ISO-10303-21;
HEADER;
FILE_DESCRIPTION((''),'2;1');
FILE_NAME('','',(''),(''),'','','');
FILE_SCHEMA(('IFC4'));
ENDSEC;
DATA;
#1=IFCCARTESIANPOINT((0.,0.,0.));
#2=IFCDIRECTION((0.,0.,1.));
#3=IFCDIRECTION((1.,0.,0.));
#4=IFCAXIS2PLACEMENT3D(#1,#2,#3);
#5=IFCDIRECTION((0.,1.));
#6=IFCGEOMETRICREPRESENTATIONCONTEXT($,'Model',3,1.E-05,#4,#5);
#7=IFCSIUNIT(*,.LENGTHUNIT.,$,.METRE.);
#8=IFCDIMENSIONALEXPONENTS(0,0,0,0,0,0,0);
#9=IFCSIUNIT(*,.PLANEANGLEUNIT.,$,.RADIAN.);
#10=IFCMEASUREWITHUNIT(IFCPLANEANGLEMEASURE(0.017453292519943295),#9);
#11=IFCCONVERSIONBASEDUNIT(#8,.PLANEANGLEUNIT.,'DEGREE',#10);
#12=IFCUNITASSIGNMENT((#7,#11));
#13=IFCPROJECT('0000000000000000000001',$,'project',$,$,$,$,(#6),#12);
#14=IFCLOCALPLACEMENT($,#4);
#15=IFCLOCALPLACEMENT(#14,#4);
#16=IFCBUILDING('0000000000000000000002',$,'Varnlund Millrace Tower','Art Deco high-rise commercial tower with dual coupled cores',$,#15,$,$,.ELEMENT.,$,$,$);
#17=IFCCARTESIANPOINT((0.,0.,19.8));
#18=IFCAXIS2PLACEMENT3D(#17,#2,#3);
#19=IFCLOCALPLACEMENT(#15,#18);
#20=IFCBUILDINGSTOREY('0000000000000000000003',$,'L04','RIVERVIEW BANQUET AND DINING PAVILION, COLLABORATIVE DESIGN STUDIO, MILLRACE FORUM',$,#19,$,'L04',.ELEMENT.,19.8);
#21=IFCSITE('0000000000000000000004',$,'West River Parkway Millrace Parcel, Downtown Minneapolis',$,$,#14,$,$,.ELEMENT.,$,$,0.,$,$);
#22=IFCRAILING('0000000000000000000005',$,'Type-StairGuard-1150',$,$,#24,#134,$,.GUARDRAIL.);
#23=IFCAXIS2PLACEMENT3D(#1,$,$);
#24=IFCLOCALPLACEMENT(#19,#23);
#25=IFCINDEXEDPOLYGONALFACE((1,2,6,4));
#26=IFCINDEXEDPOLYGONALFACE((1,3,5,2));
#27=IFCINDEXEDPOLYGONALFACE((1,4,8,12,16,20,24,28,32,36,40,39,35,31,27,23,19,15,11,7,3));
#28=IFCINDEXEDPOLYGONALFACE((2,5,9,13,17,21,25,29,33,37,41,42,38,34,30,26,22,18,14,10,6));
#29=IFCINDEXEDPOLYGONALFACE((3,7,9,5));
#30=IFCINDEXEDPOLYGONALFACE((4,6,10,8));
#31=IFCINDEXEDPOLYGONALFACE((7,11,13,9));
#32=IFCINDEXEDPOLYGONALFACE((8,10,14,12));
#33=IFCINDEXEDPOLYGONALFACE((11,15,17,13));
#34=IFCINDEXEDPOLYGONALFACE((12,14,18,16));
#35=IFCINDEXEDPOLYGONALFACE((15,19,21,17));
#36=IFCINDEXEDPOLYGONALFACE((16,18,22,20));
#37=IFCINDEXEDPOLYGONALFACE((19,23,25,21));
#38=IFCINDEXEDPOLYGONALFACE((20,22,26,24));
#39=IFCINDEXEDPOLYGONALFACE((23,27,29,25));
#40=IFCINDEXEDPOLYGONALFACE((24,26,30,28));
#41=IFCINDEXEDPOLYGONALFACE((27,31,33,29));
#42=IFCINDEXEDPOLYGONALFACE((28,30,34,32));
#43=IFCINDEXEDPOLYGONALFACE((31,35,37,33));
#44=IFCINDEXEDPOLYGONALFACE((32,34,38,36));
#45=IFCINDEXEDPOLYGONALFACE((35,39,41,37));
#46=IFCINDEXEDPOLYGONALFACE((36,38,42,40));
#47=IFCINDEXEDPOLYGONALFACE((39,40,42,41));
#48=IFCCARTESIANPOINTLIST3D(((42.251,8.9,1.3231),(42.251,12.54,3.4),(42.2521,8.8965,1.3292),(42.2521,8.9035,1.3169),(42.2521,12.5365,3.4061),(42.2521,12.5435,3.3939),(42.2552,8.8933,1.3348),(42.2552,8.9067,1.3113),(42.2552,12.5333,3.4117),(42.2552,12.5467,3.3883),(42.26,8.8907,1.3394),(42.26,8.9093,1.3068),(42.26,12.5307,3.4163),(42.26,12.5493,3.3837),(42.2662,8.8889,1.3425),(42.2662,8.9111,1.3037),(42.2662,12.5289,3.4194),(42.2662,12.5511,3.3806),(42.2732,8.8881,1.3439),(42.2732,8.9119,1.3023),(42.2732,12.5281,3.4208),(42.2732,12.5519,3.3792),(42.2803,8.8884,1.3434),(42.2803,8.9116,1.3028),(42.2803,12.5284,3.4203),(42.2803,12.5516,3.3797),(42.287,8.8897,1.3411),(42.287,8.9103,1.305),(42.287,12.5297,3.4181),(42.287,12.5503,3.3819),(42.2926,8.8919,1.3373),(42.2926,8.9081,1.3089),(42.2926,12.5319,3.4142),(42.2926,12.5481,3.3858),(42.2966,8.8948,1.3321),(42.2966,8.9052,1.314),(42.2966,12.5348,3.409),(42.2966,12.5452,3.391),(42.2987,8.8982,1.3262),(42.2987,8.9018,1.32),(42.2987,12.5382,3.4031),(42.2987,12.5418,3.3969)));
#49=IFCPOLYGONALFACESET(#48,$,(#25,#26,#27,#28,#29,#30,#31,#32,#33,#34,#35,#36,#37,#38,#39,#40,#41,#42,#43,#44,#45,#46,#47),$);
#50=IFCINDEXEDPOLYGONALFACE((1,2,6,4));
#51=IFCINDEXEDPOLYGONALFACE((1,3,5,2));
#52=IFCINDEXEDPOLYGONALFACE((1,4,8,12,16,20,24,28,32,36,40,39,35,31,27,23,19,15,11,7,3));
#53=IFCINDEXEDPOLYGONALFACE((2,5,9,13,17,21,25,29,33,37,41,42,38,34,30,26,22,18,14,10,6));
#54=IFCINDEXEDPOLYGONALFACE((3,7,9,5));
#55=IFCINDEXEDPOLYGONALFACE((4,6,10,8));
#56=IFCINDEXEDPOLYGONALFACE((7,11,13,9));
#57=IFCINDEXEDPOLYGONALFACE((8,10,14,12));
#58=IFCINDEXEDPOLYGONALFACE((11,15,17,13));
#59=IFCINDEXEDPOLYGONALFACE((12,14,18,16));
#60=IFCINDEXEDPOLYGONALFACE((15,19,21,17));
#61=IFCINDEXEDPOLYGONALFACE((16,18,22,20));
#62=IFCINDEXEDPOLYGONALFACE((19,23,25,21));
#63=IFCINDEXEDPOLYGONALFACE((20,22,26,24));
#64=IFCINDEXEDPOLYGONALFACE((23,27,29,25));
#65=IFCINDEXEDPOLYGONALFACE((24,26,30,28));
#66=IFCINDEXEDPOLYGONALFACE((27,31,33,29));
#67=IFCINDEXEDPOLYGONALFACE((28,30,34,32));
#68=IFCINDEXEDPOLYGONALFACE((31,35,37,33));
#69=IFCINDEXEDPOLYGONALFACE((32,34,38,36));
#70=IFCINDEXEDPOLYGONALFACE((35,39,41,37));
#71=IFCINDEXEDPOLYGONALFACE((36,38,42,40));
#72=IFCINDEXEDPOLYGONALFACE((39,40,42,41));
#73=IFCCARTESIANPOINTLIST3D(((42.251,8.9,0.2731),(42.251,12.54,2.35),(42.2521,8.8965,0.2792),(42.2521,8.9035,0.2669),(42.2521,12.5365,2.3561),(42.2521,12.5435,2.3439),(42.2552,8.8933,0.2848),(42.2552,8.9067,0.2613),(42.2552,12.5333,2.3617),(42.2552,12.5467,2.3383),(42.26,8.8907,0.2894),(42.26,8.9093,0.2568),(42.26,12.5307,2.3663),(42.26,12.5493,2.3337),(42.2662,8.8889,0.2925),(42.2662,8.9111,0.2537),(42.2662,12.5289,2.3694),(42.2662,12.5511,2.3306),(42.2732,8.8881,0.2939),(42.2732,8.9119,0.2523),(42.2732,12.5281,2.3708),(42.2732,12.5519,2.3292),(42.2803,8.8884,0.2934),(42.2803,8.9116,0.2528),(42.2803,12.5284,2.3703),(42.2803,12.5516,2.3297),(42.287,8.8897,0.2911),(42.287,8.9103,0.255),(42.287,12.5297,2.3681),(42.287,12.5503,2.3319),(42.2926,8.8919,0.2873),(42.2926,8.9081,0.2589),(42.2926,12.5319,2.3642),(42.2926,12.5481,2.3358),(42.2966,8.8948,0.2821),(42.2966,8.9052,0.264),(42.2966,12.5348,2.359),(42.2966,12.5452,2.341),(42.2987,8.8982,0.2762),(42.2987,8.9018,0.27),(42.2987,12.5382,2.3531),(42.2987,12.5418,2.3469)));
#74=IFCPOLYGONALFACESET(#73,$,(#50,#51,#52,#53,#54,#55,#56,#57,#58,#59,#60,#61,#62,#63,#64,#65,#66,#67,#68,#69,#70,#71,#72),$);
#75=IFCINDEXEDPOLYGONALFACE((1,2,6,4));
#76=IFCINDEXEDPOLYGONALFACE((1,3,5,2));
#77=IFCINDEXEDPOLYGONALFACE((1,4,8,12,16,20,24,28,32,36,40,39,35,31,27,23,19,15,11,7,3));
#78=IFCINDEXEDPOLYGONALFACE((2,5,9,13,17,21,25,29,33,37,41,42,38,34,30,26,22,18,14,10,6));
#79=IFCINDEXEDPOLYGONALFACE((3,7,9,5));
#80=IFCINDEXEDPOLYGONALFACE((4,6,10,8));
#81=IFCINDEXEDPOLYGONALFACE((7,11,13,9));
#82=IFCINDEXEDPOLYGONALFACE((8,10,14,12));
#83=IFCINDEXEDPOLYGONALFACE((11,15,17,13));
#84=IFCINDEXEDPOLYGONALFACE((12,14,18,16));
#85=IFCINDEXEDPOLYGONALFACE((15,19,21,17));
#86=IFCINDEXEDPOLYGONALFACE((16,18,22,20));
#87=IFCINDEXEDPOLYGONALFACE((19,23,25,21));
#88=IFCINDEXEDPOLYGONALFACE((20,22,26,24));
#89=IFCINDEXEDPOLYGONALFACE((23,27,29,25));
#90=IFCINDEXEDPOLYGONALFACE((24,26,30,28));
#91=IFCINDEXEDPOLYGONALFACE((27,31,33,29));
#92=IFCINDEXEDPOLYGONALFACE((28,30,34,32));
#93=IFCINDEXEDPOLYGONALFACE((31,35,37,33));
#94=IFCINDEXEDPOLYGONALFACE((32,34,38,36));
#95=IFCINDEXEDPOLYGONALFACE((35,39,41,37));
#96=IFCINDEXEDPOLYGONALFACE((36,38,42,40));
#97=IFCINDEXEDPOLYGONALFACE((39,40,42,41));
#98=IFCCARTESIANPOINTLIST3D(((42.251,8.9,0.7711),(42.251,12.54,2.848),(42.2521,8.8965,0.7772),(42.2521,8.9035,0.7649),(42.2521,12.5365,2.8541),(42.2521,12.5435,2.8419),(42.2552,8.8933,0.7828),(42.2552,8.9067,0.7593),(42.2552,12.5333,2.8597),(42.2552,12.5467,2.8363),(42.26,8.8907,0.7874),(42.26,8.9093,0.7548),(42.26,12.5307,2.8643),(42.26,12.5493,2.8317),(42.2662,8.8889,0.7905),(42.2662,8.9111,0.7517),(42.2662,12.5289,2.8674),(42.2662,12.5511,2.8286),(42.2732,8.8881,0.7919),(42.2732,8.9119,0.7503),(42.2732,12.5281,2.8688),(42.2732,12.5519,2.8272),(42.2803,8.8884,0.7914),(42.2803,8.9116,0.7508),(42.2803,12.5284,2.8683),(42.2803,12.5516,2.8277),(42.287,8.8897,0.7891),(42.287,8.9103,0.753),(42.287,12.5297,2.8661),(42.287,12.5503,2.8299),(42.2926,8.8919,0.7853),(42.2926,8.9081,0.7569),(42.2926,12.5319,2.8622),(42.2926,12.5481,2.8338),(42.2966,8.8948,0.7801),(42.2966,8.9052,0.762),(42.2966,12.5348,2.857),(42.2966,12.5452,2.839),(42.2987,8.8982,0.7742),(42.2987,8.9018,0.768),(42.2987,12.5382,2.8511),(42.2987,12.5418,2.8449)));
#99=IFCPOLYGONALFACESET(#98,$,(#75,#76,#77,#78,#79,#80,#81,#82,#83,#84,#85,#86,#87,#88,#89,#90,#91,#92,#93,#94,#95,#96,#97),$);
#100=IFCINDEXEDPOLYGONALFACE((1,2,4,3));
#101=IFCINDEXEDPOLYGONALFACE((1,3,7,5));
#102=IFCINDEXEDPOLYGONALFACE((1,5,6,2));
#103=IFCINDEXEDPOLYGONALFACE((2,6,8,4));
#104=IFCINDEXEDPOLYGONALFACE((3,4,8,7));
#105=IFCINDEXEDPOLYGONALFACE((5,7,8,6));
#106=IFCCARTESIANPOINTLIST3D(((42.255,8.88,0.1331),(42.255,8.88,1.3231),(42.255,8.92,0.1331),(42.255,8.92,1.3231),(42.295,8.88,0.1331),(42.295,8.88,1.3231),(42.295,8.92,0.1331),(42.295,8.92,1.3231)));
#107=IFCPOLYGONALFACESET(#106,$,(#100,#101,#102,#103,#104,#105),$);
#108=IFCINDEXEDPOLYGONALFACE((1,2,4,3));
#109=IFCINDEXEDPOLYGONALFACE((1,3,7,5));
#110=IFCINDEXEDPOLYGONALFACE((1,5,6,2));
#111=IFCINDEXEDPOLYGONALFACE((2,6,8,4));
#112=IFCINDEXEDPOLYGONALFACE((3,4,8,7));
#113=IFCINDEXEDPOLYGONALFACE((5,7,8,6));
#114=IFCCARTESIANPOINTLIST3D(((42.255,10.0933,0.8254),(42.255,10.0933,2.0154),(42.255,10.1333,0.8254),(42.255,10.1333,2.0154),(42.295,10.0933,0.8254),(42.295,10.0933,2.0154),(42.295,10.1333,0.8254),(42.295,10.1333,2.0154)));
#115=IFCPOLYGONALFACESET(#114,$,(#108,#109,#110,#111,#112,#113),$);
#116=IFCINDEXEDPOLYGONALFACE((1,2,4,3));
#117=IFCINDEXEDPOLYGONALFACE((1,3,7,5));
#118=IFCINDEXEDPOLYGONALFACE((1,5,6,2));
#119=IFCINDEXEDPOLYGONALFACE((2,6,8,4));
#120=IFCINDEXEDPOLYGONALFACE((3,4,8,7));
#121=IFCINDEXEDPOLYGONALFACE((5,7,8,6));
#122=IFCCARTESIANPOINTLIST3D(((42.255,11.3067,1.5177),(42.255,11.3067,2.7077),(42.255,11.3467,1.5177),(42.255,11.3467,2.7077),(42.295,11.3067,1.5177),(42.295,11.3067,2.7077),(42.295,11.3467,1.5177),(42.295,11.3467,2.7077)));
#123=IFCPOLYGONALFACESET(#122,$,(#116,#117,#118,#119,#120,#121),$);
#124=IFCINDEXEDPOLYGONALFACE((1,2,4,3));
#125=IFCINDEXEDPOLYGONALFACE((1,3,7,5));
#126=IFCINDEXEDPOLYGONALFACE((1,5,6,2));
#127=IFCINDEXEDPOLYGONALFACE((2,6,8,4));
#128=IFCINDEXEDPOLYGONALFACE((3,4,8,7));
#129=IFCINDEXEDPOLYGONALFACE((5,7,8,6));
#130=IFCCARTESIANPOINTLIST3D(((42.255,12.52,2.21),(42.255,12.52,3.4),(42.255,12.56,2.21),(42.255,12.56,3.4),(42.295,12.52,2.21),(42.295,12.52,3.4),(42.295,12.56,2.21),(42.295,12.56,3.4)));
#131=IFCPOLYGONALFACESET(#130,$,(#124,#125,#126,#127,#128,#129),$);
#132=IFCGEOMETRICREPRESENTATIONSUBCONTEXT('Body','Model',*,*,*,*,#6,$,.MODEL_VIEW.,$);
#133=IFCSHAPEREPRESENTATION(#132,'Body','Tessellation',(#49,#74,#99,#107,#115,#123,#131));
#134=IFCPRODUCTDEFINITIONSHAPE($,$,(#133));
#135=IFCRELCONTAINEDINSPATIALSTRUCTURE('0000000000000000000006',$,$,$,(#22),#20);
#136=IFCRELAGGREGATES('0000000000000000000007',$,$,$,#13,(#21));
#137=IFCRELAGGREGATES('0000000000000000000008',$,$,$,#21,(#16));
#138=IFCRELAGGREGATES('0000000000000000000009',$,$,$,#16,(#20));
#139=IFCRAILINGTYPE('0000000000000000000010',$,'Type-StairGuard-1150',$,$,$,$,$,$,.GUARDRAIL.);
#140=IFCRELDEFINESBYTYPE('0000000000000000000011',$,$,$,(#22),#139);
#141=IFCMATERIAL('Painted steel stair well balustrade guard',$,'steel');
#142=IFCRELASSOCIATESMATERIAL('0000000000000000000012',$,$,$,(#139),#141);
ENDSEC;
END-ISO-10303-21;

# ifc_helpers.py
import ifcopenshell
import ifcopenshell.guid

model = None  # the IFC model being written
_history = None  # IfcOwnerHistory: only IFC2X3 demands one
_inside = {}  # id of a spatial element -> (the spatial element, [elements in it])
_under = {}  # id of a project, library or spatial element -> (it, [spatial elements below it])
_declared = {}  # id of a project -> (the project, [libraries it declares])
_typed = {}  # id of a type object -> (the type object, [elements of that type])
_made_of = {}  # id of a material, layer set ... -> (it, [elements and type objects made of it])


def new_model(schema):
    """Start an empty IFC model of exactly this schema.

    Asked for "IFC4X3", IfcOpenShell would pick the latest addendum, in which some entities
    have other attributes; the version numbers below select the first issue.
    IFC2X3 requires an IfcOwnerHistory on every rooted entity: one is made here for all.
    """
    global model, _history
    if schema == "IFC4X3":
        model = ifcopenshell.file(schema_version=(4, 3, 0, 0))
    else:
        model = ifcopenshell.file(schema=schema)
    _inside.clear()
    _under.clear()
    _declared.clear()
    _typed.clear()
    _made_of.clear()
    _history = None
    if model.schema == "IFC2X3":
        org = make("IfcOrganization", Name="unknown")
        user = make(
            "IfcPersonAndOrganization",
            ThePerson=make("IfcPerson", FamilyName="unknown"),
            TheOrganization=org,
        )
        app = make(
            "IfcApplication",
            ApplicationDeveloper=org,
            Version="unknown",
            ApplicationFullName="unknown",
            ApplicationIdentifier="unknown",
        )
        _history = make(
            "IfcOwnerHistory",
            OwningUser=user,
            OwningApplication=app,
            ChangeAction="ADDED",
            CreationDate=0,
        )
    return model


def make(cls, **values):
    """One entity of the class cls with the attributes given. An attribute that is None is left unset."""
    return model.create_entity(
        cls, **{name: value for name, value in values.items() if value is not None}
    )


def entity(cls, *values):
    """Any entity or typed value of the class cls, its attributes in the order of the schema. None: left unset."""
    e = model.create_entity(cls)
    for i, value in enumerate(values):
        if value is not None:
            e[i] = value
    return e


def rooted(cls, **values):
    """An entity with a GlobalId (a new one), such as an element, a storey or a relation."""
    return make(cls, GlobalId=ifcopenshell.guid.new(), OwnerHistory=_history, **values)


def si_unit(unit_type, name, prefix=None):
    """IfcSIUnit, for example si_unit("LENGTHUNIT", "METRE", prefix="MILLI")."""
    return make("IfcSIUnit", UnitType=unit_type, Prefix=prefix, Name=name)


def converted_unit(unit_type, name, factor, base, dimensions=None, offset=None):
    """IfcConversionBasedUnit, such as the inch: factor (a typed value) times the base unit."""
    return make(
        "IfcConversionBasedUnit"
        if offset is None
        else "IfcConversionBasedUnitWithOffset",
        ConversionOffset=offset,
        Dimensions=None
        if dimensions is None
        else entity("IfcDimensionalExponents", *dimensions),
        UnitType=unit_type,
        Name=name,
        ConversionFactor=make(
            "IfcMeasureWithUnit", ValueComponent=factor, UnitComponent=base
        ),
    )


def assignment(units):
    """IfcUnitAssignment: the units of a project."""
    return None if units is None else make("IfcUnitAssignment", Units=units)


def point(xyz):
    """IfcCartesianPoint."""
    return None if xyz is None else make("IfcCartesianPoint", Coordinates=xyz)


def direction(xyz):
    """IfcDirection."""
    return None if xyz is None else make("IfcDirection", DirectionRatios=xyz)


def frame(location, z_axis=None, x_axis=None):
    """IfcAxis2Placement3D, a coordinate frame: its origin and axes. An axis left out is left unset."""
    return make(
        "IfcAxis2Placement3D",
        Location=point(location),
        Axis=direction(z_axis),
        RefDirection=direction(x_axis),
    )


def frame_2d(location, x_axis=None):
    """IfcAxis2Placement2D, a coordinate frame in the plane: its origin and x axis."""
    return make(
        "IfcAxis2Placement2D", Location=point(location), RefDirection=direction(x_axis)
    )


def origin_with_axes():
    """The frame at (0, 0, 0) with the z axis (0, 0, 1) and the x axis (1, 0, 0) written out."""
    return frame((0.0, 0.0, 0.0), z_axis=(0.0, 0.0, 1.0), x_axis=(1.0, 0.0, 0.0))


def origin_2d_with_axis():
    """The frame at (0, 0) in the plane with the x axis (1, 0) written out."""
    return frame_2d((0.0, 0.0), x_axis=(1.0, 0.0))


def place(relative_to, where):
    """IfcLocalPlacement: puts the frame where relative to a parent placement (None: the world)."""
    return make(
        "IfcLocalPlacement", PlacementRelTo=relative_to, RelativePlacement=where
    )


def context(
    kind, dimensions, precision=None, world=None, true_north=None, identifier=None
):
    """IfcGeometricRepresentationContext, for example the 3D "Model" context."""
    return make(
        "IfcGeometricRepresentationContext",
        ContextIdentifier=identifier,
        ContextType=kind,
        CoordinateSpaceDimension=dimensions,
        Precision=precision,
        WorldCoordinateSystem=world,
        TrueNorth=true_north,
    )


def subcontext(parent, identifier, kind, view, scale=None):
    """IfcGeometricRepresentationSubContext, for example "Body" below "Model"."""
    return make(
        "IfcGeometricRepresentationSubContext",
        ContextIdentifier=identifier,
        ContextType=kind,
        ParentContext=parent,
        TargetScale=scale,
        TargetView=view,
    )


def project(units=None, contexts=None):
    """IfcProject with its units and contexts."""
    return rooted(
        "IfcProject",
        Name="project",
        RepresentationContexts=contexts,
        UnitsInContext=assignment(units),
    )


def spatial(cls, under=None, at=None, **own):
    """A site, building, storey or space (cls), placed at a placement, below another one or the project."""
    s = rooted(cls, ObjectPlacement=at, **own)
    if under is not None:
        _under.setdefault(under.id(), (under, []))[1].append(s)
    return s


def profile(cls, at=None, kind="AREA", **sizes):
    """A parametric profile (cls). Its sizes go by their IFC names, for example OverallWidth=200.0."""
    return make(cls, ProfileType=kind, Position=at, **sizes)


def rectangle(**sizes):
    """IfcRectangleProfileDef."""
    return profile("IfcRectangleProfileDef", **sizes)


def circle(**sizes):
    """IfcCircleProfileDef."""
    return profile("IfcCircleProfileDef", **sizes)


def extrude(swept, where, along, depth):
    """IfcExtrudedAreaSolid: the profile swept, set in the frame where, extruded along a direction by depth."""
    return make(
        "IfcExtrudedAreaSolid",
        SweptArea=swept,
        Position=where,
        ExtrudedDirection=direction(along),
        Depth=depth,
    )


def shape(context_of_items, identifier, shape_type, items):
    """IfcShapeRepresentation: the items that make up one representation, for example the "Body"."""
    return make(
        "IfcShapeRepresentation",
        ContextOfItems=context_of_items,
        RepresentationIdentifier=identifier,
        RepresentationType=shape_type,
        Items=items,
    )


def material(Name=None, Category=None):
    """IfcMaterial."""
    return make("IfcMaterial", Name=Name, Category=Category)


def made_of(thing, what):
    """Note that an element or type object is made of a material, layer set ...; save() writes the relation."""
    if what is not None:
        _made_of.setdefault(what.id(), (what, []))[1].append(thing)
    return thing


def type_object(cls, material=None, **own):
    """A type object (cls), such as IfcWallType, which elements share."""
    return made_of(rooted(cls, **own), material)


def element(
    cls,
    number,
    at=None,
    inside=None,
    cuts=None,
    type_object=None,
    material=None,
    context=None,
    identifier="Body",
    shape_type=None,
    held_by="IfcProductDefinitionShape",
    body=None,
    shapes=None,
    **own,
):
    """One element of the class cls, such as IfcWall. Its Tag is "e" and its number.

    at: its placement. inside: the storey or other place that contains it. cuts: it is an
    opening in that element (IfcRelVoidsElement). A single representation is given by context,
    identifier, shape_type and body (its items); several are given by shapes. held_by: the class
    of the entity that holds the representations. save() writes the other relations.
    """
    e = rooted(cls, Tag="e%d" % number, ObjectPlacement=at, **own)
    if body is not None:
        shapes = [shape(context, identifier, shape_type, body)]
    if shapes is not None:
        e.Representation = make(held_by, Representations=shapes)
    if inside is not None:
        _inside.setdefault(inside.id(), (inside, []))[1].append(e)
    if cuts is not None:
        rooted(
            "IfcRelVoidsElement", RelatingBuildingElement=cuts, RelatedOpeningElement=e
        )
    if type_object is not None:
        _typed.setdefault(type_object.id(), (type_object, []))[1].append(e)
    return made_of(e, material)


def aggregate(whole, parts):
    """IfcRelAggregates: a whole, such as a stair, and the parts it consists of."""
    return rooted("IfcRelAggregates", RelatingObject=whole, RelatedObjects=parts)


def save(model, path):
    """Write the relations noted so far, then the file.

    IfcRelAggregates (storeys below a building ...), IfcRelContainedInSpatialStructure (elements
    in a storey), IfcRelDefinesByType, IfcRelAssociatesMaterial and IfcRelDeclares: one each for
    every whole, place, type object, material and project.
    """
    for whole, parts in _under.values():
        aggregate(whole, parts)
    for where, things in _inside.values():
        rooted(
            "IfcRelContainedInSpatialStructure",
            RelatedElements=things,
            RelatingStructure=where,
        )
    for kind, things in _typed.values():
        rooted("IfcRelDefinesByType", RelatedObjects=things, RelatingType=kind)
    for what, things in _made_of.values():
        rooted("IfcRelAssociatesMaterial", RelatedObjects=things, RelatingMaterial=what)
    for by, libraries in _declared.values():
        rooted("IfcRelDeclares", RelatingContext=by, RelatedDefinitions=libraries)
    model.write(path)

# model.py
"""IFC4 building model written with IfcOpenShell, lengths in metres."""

from ifc_helpers import new_model, entity, si_unit, converted_unit, direction, frame, origin_with_axes, origin_2d_with_axis, place, context, subcontext, project, spatial, rectangle, circle, extrude, material, type_object, element, save


model = new_model("IFC4")

# Units and contexts
model_context = context("Model", 3, precision=1e-05, world=origin_with_axes(), true_north=direction((0.0, 1.0)))
body_context = subcontext(model_context, "Body", "Model", "MODEL_VIEW")
ifc_project = project(units=[si_unit("LENGTHUNIT", "METRE"), converted_unit("PLANEANGLEUNIT", "DEGREE", entity("IfcPlaneAngleMeasure", 0.017453292519943295), si_unit("PLANEANGLEUNIT", "RADIAN"), dimensions=[0, 0, 0, 0, 0, 0, 0])], contexts=[model_context])

# Site, building, storey
site_placement = place(None, origin_with_axes())
site = spatial("IfcSite", under=ifc_project, at=site_placement, Name="West River Parkway Millrace Parcel, Downtown Minneapolis", CompositionType="ELEMENT", RefElevation=0.0)
building_placement = place(site_placement, origin_with_axes())
building = spatial("IfcBuilding", under=site, at=building_placement, Name="Varnlund Millrace Tower", Description="Art Deco high-rise commercial tower with dual coupled cores", CompositionType="ELEMENT")
storey_placement = place(building_placement, frame((0.0, 0.0, 19.8), z_axis=(0.0, 0.0, 1.0), x_axis=(1.0, 0.0, 0.0)))
storey = spatial("IfcBuildingStorey", under=building, at=storey_placement, Name="L04", Description="RIVERVIEW BANQUET AND DINING PAVILION, COLLABORATIVE DESIGN STUDIO, MILLRACE FORUM", LongName="L04", CompositionType="ELEMENT", Elevation=19.8)

# Railing
ifc_material_1 = material(Name="Painted steel stair well balustrade guard", Category="steel")
railing_type_1 = type_object("IfcRailingType", Name="Type-StairGuard-1150", PredefinedType="GUARDRAIL", material=ifc_material_1)
railing_1_placement = place(storey_placement, frame((0.0, 0.0, -19.8), z_axis=(0.0, 0.0, 1.0), x_axis=(1.0, 0.0, 0.0)))
element("IfcRailing", 1, at=railing_1_placement, inside=storey, type_object=railing_type_1, Name="Type-StairGuard-1150", PredefinedType="GUARDRAIL", context=body_context, shape_type="SweptSolid", body=[
    extrude(circle(Radius=0.024, at=origin_2d_with_axis()), frame((42.275, 8.9, 21.1231), z_axis=(0.0, 0.868559, 0.495585), x_axis=(-1.0, 0.0, 0.0)), (0.0, 0.0, 1.0), 4.1908),
    extrude(circle(Radius=0.024, at=origin_2d_with_axis()), frame((42.275, 8.9, 20.0731), z_axis=(0.0, 0.868559, 0.495585), x_axis=(-1.0, 0.0, 0.0)), (0.0, 0.0, 1.0), 4.1908),
    extrude(circle(Radius=0.024, at=origin_2d_with_axis()), frame((42.275, 8.9, 20.5711), z_axis=(0.0, 0.868559, 0.495585), x_axis=(-1.0, 0.0, 0.0)), (0.0, 0.0, 1.0), 4.1908),
    extrude(rectangle(XDim=0.04, YDim=0.04, at=origin_2d_with_axis()), frame((42.275, 8.9, 19.9331), z_axis=(0.0, 0.0, 1.0), x_axis=(1.0, 0.0, 0.0)), (0.0, 0.0, 1.0), 1.19),
    extrude(rectangle(XDim=0.04, YDim=0.04, at=origin_2d_with_axis()), frame((42.275, 10.1133, 20.6254), z_axis=(0.0, 0.0, 1.0), x_axis=(1.0, 0.0, 0.0)), (0.0, 0.0, 1.0), 1.19),
    extrude(rectangle(XDim=0.04, YDim=0.04, at=origin_2d_with_axis()), frame((42.275, 11.3267, 21.3177), z_axis=(0.0, 0.0, 1.0), x_axis=(1.0, 0.0, 0.0)), (0.0, 0.0, 1.0), 1.19),
    extrude(rectangle(XDim=0.04, YDim=0.04, at=origin_2d_with_axis()), frame((42.275, 12.54, 22.01), z_axis=(0.0, 0.0, 1.0), x_axis=(1.0, 0.0, 0.0)), (0.0, 0.0, 1.0), 1.19),
])

save(model, "model.ifc")
